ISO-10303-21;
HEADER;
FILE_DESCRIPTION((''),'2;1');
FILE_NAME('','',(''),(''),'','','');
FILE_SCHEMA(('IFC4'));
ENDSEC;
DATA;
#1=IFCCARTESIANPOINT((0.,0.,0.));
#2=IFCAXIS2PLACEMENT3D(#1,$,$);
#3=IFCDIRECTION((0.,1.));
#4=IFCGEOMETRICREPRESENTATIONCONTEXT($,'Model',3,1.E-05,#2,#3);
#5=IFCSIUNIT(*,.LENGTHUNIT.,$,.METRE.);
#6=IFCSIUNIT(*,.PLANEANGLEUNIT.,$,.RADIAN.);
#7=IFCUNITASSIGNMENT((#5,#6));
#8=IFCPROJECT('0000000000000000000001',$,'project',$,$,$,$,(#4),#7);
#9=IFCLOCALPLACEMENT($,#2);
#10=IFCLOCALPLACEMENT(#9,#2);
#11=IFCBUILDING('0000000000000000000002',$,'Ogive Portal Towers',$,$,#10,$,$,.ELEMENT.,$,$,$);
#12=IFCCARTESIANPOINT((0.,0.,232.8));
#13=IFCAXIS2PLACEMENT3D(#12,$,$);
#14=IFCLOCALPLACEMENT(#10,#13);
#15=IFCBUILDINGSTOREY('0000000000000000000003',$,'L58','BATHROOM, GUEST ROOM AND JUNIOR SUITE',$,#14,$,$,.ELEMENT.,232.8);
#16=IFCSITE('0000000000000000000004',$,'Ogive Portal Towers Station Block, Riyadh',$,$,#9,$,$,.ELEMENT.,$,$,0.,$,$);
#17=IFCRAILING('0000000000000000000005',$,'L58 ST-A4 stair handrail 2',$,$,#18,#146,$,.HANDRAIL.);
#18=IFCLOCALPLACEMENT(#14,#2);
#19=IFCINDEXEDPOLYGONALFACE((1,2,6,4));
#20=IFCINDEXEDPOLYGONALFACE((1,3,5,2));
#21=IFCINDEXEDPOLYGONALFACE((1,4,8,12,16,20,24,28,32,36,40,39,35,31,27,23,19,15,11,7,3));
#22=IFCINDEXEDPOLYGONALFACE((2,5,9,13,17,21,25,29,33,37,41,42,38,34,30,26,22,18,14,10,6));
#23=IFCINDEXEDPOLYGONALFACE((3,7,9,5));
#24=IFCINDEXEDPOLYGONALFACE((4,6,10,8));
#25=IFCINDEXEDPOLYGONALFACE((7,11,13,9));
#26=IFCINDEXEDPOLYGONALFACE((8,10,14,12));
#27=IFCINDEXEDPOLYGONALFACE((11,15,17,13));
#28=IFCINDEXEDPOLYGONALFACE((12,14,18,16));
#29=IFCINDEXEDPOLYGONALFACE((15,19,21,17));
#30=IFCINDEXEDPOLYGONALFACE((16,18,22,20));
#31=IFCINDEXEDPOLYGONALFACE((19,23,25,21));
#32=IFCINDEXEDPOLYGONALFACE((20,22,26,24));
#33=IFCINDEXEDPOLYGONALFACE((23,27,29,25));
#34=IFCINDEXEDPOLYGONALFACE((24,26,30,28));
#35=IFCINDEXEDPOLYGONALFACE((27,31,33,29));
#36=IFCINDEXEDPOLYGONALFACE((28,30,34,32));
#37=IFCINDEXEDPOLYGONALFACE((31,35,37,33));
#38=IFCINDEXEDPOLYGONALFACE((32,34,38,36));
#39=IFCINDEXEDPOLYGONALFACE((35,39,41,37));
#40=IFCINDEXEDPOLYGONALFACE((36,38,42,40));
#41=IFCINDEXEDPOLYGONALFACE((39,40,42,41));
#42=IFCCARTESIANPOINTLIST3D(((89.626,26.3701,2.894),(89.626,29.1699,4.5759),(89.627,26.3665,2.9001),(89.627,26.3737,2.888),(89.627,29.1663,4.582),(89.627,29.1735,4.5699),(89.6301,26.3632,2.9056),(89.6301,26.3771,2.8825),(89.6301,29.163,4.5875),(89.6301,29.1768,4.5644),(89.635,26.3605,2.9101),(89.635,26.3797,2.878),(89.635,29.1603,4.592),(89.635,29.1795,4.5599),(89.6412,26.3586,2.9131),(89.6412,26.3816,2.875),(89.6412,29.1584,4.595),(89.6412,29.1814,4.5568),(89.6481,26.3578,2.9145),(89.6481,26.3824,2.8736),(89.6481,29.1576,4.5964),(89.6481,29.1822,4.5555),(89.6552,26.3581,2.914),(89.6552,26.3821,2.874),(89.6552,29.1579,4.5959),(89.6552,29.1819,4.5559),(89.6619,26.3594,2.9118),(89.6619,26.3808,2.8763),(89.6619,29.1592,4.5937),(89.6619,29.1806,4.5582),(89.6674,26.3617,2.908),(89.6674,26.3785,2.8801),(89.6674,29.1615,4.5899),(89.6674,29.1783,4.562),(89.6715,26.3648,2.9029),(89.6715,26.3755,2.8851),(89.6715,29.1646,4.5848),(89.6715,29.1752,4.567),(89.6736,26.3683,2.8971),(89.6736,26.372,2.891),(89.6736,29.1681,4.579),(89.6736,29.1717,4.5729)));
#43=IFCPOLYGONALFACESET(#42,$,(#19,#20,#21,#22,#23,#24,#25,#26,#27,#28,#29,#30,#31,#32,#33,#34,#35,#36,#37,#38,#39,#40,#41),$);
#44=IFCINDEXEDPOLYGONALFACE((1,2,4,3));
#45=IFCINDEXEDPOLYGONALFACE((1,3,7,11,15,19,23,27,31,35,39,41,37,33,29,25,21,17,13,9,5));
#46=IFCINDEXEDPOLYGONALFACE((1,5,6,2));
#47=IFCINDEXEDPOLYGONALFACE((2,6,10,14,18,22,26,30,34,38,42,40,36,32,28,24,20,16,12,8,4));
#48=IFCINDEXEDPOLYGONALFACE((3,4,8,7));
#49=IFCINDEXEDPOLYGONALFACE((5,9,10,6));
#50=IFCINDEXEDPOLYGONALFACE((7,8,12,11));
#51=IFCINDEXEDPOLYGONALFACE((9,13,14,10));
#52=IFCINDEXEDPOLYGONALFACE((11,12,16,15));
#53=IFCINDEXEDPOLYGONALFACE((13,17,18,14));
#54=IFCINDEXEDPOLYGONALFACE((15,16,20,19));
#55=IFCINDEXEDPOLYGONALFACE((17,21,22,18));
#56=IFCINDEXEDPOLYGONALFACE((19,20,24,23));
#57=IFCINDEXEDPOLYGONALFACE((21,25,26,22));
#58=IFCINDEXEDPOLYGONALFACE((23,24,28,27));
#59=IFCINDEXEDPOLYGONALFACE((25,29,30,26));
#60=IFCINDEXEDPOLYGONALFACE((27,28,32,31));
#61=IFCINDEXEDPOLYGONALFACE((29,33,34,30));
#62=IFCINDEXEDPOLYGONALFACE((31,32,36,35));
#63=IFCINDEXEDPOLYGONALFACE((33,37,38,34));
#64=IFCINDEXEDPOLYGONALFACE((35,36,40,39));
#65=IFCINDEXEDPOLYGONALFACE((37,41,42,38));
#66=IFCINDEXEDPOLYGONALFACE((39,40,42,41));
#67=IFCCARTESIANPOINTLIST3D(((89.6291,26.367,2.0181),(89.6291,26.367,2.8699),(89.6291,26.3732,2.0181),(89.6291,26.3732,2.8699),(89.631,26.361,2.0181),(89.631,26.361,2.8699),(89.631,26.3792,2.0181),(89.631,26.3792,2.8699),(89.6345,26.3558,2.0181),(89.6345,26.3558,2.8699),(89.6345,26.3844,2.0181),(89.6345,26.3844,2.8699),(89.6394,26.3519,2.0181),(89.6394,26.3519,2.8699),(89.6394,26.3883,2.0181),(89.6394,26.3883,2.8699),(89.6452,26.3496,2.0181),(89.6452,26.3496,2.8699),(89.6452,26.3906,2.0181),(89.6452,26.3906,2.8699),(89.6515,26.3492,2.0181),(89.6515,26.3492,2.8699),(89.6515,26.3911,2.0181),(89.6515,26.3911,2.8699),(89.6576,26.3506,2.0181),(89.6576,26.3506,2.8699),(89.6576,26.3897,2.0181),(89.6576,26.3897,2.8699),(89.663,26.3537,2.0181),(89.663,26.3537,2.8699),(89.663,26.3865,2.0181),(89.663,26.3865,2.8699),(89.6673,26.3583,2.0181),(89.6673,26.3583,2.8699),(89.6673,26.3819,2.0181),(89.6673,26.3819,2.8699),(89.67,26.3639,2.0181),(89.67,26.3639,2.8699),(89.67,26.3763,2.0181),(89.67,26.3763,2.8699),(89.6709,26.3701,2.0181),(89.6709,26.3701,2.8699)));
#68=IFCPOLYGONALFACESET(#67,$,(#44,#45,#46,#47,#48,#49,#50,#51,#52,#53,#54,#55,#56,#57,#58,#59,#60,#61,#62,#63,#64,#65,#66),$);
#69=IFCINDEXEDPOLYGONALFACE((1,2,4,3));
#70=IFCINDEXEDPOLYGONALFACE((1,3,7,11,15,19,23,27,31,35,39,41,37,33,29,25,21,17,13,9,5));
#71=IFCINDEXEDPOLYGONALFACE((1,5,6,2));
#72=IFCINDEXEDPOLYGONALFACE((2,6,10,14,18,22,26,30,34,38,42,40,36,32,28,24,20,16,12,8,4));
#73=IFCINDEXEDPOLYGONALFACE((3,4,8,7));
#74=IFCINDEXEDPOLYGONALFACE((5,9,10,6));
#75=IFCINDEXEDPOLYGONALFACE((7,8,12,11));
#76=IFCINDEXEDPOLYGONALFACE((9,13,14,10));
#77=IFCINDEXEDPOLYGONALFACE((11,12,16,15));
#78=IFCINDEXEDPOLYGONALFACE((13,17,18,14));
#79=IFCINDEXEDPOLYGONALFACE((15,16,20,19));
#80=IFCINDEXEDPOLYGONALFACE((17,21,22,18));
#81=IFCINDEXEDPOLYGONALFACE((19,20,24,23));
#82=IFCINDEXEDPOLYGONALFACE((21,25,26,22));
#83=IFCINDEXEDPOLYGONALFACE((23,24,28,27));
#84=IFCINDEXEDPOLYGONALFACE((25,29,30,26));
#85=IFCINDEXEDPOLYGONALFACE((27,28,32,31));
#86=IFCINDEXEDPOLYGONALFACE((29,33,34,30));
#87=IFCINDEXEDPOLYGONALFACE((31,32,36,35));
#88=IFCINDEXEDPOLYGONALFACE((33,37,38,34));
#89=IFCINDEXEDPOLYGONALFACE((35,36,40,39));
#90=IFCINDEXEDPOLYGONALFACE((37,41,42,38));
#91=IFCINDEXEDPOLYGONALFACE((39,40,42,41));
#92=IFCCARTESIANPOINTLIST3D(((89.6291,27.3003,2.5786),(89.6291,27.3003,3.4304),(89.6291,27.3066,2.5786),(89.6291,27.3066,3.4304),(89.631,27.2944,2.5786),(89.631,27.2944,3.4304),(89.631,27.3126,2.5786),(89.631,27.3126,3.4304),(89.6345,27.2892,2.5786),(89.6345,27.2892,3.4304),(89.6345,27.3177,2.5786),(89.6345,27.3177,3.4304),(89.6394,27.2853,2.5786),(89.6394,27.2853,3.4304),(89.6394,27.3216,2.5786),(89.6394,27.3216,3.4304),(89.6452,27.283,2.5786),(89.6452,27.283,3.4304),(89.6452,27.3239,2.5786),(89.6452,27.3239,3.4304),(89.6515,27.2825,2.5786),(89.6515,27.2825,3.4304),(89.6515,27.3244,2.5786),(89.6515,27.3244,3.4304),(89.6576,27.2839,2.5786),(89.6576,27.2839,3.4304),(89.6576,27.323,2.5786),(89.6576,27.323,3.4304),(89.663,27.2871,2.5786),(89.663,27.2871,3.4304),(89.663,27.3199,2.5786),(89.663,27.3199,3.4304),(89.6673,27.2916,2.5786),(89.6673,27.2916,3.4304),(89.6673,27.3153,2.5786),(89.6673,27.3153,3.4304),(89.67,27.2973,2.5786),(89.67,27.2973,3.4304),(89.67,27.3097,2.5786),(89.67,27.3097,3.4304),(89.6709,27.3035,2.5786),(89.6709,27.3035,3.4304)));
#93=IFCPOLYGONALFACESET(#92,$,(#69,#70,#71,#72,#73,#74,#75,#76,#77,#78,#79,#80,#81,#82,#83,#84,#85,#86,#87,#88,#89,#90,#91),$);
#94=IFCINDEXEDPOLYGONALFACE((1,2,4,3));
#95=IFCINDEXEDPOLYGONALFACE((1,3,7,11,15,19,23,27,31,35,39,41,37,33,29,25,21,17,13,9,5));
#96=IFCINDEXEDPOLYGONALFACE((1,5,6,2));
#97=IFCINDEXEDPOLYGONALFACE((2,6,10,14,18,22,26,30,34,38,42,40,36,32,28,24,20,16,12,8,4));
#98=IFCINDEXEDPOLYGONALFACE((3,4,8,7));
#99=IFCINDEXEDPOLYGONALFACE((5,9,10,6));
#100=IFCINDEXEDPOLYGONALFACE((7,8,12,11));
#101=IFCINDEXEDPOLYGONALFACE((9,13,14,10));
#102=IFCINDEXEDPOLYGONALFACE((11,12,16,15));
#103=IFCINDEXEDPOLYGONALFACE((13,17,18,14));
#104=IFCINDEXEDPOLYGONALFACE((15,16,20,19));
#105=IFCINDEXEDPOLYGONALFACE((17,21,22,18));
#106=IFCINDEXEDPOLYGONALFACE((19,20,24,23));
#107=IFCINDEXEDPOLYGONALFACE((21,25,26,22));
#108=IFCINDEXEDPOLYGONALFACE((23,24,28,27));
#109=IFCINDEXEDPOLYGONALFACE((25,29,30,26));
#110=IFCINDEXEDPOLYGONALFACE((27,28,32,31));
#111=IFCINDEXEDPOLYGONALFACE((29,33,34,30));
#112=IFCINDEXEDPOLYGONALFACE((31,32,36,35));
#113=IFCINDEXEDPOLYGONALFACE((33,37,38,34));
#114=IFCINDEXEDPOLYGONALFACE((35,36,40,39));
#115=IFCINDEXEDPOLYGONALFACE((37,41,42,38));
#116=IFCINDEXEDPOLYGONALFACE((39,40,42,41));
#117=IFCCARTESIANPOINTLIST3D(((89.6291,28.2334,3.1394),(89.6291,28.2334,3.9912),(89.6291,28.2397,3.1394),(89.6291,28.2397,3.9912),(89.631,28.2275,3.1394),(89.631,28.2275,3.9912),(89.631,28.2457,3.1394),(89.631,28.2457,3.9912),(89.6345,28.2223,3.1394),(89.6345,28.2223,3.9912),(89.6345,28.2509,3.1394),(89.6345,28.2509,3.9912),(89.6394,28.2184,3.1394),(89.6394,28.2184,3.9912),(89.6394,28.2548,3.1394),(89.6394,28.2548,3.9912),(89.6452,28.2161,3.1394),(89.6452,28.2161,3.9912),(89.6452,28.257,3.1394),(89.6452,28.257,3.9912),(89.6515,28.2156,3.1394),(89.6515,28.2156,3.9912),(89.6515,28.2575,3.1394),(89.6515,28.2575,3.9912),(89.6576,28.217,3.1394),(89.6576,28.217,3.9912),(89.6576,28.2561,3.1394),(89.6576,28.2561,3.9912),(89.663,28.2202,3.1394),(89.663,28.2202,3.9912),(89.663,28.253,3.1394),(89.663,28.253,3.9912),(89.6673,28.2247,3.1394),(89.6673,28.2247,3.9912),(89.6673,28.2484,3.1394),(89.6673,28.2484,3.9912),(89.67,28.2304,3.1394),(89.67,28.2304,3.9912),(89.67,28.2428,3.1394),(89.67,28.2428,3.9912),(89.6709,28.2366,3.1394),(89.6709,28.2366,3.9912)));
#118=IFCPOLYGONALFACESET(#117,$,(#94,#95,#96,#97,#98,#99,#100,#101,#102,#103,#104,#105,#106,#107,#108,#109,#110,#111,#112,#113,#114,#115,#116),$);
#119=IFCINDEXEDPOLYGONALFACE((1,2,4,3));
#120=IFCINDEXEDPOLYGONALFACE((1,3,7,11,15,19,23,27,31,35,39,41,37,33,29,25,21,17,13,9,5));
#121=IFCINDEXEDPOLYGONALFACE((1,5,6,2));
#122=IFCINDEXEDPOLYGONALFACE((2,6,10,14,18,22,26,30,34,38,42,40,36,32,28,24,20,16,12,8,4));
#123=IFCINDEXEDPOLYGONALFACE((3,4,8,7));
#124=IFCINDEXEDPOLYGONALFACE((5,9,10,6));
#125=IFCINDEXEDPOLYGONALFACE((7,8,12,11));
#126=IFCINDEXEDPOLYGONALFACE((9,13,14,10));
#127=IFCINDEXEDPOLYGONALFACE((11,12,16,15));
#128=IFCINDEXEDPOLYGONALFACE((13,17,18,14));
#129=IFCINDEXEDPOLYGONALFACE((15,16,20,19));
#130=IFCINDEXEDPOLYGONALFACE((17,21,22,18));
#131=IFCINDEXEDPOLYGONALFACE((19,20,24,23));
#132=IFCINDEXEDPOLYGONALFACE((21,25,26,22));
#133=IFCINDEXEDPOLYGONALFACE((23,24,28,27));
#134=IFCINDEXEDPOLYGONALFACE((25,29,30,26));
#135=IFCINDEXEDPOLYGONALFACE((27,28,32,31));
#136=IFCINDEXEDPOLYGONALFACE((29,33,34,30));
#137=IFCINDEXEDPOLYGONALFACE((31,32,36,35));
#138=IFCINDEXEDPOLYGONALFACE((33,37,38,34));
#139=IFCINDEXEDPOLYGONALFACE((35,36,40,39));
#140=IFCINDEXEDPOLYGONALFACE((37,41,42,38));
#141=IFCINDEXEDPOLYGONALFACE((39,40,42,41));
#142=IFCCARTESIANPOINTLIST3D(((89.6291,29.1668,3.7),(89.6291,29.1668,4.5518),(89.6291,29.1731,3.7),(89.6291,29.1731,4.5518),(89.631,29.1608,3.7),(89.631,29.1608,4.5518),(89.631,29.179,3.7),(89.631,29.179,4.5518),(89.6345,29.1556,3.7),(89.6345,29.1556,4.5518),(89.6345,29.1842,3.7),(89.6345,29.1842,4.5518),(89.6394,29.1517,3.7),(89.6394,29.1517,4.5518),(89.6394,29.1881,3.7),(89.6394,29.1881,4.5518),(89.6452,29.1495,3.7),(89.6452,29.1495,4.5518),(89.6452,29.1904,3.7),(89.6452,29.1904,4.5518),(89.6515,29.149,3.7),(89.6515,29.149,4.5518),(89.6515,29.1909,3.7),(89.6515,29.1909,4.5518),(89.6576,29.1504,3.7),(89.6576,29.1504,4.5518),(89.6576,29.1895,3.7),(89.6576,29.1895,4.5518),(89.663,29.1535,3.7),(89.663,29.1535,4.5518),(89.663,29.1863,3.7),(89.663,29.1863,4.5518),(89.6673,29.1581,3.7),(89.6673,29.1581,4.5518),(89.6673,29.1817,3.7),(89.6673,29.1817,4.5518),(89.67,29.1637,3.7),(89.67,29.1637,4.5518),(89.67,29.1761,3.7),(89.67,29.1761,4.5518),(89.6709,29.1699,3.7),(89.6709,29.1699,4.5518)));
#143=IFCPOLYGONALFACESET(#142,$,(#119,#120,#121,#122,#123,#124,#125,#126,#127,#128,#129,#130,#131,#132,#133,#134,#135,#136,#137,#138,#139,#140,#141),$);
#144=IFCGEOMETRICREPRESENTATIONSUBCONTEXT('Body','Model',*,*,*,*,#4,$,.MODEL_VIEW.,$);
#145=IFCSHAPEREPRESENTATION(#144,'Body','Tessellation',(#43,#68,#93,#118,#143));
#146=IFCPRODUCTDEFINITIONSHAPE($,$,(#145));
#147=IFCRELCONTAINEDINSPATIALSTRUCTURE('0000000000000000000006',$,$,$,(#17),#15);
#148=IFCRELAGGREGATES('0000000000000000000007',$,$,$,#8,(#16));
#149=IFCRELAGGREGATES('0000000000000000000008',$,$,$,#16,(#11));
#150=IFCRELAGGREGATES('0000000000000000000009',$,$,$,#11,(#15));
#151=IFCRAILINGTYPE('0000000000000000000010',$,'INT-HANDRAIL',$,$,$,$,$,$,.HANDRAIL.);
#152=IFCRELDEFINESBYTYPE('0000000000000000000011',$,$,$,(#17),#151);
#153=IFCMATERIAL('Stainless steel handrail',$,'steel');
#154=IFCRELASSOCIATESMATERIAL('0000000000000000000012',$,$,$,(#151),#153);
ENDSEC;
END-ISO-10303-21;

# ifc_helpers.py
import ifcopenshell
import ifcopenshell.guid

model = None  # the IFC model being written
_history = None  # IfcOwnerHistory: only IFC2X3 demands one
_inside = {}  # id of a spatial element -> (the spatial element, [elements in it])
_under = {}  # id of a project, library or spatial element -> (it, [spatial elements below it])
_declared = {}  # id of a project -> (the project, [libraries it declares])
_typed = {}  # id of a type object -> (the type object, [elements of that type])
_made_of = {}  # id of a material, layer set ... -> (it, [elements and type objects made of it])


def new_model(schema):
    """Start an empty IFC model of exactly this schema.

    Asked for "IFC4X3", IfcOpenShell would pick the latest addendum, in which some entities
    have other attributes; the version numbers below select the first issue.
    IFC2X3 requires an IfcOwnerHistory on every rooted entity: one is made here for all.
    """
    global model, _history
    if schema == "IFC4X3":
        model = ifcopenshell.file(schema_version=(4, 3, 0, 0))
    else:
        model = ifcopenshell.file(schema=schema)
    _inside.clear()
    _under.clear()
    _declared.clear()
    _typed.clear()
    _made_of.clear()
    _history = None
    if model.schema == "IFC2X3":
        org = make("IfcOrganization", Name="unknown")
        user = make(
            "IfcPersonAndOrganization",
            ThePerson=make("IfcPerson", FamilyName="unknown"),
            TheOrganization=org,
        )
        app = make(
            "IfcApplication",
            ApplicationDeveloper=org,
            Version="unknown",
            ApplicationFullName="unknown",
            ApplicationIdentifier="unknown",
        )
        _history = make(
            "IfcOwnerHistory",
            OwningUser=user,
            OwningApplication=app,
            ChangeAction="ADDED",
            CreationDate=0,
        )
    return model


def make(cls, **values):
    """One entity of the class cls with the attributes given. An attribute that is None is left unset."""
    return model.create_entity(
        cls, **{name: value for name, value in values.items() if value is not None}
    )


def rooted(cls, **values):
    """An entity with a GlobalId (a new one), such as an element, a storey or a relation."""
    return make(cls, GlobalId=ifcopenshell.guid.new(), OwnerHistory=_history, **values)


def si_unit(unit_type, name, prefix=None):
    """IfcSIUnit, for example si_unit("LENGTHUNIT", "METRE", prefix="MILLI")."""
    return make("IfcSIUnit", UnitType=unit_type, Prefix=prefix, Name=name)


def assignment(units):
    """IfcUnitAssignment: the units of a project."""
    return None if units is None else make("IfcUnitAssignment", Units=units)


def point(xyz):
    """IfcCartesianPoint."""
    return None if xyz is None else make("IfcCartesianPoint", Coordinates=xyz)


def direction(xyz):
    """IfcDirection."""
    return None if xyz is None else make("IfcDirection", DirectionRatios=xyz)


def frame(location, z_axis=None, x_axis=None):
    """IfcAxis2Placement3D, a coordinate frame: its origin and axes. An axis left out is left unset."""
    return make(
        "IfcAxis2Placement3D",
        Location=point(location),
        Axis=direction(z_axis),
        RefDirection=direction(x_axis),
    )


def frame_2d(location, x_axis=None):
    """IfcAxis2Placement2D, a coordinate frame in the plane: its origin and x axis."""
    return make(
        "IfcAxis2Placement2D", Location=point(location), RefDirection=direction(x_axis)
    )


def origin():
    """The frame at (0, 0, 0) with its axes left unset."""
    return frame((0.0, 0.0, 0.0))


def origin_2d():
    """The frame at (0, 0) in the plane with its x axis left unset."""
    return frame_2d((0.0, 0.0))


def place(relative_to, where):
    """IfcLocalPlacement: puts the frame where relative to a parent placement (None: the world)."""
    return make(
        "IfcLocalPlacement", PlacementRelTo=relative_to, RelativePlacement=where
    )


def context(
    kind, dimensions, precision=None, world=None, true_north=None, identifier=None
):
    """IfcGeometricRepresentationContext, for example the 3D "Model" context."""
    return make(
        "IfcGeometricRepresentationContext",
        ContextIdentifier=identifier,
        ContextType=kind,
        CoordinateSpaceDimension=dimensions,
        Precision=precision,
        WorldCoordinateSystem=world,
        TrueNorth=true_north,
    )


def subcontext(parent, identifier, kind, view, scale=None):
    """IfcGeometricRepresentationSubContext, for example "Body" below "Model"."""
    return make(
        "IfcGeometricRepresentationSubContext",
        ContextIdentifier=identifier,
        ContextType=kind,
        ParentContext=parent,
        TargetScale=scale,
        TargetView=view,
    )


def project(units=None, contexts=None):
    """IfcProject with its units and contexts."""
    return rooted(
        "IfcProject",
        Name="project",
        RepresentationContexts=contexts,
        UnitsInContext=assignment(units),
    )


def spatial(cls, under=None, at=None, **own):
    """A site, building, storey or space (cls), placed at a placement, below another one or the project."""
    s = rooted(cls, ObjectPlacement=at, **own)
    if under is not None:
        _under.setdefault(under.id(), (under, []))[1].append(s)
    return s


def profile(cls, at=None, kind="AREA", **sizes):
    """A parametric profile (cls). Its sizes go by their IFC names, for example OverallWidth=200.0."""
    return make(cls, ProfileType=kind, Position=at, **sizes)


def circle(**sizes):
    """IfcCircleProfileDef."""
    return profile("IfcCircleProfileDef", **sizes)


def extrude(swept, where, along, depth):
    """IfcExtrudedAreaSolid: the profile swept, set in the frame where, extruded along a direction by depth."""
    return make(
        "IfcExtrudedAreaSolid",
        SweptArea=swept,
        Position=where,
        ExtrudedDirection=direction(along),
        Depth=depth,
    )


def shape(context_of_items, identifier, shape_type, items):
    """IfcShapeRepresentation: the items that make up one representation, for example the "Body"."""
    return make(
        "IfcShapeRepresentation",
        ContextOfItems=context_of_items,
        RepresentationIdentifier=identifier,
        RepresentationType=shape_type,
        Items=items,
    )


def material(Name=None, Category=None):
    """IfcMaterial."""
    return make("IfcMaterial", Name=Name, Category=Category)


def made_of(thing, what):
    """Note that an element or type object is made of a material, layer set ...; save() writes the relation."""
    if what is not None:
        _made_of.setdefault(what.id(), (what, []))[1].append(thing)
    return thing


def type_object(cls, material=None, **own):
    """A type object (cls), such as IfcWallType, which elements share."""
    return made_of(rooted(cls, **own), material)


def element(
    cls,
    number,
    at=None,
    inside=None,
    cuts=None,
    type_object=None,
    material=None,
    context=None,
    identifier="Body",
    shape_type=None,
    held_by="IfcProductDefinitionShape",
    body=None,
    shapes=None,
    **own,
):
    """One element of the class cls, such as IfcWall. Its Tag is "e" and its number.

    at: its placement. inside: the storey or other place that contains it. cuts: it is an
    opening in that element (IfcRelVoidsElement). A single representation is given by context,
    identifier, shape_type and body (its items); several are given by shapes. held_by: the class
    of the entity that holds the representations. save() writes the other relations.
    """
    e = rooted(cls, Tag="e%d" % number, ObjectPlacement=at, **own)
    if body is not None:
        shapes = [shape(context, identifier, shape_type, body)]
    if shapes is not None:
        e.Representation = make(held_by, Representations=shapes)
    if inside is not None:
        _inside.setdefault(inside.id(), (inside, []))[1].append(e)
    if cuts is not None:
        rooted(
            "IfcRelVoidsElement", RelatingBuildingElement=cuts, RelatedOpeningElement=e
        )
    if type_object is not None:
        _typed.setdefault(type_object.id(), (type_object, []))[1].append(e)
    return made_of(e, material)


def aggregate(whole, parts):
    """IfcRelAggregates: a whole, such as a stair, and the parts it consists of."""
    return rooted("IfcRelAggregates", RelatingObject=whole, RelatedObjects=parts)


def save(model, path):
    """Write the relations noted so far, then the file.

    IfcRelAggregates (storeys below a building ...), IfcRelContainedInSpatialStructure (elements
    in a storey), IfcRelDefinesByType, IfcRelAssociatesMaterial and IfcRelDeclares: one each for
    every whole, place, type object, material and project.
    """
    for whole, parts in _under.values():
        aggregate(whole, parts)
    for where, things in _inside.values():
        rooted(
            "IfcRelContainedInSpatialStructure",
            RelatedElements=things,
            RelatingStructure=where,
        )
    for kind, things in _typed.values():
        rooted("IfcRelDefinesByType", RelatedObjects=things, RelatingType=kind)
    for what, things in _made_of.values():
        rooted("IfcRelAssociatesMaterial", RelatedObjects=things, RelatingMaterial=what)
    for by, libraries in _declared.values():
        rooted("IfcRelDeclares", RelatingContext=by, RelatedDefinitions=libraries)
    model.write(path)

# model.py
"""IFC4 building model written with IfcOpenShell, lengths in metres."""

from ifc_helpers import new_model, si_unit, direction, frame, origin, origin_2d, place, context, subcontext, project, spatial, circle, extrude, material, type_object, element, save


model = new_model("IFC4")

# Units and contexts
model_context = context("Model", 3, precision=1e-05, world=origin(), true_north=direction((0.0, 1.0)))
body_context = subcontext(model_context, "Body", "Model", "MODEL_VIEW")
ifc_project = project(units=[si_unit("LENGTHUNIT", "METRE"), si_unit("PLANEANGLEUNIT", "RADIAN")], contexts=[model_context])

# Site, building, storey
site_placement = place(None, origin())
site = spatial("IfcSite", under=ifc_project, at=site_placement, Name="Ogive Portal Towers Station Block, Riyadh", CompositionType="ELEMENT", RefElevation=0.0)
building_placement = place(site_placement, origin())
building = spatial("IfcBuilding", under=site, at=building_placement, Name="Ogive Portal Towers", CompositionType="ELEMENT")
storey_placement = place(building_placement, frame((0.0, 0.0, 232.8)))
storey = spatial("IfcBuildingStorey", under=building, at=storey_placement, Name="L58", Description="BATHROOM, GUEST ROOM AND JUNIOR SUITE", CompositionType="ELEMENT", Elevation=232.8)

# Railing
ifc_material_1 = material(Name="Stainless steel handrail", Category="steel")
railing_type_1 = type_object("IfcRailingType", Name="INT-HANDRAIL", PredefinedType="HANDRAIL", material=ifc_material_1)
railing_1_placement = place(storey_placement, frame((89.6499, 26.3701, 2.0181)))
element("IfcRailing", 1, at=railing_1_placement, inside=storey, type_object=railing_type_1, Name="L58 ST-A4 stair handrail 2", PredefinedType="HANDRAIL", context=body_context, shape_type="SweptSolid", body=[
    extrude(circle(Radius=0.0239, at=origin_2d()), frame((0.0, 0.0, 0.876), z_axis=(0.0, 0.857222, 0.514946), x_axis=(-1.0, 0.0, 0.0)), (0.0, 0.0, 1.0), 3.2661),
    extrude(circle(Radius=0.021, at=origin_2d()), origin(), (0.0, 0.0, 1.0), 0.8518),
    extrude(circle(Radius=0.021, at=origin_2d()), frame((0.0, 0.9333, 0.5605)), (0.0, 0.0, 1.0), 0.8518),
    extrude(circle(Radius=0.021, at=origin_2d()), frame((0.0, 1.8665, 1.1213)), (0.0, 0.0, 1.0), 0.8518),
    extrude(circle(Radius=0.021, at=origin_2d()), frame((0.0, 2.7998, 1.6819)), (0.0, 0.0, 1.0), 0.8518),
])

save(model, "model.ifc")
